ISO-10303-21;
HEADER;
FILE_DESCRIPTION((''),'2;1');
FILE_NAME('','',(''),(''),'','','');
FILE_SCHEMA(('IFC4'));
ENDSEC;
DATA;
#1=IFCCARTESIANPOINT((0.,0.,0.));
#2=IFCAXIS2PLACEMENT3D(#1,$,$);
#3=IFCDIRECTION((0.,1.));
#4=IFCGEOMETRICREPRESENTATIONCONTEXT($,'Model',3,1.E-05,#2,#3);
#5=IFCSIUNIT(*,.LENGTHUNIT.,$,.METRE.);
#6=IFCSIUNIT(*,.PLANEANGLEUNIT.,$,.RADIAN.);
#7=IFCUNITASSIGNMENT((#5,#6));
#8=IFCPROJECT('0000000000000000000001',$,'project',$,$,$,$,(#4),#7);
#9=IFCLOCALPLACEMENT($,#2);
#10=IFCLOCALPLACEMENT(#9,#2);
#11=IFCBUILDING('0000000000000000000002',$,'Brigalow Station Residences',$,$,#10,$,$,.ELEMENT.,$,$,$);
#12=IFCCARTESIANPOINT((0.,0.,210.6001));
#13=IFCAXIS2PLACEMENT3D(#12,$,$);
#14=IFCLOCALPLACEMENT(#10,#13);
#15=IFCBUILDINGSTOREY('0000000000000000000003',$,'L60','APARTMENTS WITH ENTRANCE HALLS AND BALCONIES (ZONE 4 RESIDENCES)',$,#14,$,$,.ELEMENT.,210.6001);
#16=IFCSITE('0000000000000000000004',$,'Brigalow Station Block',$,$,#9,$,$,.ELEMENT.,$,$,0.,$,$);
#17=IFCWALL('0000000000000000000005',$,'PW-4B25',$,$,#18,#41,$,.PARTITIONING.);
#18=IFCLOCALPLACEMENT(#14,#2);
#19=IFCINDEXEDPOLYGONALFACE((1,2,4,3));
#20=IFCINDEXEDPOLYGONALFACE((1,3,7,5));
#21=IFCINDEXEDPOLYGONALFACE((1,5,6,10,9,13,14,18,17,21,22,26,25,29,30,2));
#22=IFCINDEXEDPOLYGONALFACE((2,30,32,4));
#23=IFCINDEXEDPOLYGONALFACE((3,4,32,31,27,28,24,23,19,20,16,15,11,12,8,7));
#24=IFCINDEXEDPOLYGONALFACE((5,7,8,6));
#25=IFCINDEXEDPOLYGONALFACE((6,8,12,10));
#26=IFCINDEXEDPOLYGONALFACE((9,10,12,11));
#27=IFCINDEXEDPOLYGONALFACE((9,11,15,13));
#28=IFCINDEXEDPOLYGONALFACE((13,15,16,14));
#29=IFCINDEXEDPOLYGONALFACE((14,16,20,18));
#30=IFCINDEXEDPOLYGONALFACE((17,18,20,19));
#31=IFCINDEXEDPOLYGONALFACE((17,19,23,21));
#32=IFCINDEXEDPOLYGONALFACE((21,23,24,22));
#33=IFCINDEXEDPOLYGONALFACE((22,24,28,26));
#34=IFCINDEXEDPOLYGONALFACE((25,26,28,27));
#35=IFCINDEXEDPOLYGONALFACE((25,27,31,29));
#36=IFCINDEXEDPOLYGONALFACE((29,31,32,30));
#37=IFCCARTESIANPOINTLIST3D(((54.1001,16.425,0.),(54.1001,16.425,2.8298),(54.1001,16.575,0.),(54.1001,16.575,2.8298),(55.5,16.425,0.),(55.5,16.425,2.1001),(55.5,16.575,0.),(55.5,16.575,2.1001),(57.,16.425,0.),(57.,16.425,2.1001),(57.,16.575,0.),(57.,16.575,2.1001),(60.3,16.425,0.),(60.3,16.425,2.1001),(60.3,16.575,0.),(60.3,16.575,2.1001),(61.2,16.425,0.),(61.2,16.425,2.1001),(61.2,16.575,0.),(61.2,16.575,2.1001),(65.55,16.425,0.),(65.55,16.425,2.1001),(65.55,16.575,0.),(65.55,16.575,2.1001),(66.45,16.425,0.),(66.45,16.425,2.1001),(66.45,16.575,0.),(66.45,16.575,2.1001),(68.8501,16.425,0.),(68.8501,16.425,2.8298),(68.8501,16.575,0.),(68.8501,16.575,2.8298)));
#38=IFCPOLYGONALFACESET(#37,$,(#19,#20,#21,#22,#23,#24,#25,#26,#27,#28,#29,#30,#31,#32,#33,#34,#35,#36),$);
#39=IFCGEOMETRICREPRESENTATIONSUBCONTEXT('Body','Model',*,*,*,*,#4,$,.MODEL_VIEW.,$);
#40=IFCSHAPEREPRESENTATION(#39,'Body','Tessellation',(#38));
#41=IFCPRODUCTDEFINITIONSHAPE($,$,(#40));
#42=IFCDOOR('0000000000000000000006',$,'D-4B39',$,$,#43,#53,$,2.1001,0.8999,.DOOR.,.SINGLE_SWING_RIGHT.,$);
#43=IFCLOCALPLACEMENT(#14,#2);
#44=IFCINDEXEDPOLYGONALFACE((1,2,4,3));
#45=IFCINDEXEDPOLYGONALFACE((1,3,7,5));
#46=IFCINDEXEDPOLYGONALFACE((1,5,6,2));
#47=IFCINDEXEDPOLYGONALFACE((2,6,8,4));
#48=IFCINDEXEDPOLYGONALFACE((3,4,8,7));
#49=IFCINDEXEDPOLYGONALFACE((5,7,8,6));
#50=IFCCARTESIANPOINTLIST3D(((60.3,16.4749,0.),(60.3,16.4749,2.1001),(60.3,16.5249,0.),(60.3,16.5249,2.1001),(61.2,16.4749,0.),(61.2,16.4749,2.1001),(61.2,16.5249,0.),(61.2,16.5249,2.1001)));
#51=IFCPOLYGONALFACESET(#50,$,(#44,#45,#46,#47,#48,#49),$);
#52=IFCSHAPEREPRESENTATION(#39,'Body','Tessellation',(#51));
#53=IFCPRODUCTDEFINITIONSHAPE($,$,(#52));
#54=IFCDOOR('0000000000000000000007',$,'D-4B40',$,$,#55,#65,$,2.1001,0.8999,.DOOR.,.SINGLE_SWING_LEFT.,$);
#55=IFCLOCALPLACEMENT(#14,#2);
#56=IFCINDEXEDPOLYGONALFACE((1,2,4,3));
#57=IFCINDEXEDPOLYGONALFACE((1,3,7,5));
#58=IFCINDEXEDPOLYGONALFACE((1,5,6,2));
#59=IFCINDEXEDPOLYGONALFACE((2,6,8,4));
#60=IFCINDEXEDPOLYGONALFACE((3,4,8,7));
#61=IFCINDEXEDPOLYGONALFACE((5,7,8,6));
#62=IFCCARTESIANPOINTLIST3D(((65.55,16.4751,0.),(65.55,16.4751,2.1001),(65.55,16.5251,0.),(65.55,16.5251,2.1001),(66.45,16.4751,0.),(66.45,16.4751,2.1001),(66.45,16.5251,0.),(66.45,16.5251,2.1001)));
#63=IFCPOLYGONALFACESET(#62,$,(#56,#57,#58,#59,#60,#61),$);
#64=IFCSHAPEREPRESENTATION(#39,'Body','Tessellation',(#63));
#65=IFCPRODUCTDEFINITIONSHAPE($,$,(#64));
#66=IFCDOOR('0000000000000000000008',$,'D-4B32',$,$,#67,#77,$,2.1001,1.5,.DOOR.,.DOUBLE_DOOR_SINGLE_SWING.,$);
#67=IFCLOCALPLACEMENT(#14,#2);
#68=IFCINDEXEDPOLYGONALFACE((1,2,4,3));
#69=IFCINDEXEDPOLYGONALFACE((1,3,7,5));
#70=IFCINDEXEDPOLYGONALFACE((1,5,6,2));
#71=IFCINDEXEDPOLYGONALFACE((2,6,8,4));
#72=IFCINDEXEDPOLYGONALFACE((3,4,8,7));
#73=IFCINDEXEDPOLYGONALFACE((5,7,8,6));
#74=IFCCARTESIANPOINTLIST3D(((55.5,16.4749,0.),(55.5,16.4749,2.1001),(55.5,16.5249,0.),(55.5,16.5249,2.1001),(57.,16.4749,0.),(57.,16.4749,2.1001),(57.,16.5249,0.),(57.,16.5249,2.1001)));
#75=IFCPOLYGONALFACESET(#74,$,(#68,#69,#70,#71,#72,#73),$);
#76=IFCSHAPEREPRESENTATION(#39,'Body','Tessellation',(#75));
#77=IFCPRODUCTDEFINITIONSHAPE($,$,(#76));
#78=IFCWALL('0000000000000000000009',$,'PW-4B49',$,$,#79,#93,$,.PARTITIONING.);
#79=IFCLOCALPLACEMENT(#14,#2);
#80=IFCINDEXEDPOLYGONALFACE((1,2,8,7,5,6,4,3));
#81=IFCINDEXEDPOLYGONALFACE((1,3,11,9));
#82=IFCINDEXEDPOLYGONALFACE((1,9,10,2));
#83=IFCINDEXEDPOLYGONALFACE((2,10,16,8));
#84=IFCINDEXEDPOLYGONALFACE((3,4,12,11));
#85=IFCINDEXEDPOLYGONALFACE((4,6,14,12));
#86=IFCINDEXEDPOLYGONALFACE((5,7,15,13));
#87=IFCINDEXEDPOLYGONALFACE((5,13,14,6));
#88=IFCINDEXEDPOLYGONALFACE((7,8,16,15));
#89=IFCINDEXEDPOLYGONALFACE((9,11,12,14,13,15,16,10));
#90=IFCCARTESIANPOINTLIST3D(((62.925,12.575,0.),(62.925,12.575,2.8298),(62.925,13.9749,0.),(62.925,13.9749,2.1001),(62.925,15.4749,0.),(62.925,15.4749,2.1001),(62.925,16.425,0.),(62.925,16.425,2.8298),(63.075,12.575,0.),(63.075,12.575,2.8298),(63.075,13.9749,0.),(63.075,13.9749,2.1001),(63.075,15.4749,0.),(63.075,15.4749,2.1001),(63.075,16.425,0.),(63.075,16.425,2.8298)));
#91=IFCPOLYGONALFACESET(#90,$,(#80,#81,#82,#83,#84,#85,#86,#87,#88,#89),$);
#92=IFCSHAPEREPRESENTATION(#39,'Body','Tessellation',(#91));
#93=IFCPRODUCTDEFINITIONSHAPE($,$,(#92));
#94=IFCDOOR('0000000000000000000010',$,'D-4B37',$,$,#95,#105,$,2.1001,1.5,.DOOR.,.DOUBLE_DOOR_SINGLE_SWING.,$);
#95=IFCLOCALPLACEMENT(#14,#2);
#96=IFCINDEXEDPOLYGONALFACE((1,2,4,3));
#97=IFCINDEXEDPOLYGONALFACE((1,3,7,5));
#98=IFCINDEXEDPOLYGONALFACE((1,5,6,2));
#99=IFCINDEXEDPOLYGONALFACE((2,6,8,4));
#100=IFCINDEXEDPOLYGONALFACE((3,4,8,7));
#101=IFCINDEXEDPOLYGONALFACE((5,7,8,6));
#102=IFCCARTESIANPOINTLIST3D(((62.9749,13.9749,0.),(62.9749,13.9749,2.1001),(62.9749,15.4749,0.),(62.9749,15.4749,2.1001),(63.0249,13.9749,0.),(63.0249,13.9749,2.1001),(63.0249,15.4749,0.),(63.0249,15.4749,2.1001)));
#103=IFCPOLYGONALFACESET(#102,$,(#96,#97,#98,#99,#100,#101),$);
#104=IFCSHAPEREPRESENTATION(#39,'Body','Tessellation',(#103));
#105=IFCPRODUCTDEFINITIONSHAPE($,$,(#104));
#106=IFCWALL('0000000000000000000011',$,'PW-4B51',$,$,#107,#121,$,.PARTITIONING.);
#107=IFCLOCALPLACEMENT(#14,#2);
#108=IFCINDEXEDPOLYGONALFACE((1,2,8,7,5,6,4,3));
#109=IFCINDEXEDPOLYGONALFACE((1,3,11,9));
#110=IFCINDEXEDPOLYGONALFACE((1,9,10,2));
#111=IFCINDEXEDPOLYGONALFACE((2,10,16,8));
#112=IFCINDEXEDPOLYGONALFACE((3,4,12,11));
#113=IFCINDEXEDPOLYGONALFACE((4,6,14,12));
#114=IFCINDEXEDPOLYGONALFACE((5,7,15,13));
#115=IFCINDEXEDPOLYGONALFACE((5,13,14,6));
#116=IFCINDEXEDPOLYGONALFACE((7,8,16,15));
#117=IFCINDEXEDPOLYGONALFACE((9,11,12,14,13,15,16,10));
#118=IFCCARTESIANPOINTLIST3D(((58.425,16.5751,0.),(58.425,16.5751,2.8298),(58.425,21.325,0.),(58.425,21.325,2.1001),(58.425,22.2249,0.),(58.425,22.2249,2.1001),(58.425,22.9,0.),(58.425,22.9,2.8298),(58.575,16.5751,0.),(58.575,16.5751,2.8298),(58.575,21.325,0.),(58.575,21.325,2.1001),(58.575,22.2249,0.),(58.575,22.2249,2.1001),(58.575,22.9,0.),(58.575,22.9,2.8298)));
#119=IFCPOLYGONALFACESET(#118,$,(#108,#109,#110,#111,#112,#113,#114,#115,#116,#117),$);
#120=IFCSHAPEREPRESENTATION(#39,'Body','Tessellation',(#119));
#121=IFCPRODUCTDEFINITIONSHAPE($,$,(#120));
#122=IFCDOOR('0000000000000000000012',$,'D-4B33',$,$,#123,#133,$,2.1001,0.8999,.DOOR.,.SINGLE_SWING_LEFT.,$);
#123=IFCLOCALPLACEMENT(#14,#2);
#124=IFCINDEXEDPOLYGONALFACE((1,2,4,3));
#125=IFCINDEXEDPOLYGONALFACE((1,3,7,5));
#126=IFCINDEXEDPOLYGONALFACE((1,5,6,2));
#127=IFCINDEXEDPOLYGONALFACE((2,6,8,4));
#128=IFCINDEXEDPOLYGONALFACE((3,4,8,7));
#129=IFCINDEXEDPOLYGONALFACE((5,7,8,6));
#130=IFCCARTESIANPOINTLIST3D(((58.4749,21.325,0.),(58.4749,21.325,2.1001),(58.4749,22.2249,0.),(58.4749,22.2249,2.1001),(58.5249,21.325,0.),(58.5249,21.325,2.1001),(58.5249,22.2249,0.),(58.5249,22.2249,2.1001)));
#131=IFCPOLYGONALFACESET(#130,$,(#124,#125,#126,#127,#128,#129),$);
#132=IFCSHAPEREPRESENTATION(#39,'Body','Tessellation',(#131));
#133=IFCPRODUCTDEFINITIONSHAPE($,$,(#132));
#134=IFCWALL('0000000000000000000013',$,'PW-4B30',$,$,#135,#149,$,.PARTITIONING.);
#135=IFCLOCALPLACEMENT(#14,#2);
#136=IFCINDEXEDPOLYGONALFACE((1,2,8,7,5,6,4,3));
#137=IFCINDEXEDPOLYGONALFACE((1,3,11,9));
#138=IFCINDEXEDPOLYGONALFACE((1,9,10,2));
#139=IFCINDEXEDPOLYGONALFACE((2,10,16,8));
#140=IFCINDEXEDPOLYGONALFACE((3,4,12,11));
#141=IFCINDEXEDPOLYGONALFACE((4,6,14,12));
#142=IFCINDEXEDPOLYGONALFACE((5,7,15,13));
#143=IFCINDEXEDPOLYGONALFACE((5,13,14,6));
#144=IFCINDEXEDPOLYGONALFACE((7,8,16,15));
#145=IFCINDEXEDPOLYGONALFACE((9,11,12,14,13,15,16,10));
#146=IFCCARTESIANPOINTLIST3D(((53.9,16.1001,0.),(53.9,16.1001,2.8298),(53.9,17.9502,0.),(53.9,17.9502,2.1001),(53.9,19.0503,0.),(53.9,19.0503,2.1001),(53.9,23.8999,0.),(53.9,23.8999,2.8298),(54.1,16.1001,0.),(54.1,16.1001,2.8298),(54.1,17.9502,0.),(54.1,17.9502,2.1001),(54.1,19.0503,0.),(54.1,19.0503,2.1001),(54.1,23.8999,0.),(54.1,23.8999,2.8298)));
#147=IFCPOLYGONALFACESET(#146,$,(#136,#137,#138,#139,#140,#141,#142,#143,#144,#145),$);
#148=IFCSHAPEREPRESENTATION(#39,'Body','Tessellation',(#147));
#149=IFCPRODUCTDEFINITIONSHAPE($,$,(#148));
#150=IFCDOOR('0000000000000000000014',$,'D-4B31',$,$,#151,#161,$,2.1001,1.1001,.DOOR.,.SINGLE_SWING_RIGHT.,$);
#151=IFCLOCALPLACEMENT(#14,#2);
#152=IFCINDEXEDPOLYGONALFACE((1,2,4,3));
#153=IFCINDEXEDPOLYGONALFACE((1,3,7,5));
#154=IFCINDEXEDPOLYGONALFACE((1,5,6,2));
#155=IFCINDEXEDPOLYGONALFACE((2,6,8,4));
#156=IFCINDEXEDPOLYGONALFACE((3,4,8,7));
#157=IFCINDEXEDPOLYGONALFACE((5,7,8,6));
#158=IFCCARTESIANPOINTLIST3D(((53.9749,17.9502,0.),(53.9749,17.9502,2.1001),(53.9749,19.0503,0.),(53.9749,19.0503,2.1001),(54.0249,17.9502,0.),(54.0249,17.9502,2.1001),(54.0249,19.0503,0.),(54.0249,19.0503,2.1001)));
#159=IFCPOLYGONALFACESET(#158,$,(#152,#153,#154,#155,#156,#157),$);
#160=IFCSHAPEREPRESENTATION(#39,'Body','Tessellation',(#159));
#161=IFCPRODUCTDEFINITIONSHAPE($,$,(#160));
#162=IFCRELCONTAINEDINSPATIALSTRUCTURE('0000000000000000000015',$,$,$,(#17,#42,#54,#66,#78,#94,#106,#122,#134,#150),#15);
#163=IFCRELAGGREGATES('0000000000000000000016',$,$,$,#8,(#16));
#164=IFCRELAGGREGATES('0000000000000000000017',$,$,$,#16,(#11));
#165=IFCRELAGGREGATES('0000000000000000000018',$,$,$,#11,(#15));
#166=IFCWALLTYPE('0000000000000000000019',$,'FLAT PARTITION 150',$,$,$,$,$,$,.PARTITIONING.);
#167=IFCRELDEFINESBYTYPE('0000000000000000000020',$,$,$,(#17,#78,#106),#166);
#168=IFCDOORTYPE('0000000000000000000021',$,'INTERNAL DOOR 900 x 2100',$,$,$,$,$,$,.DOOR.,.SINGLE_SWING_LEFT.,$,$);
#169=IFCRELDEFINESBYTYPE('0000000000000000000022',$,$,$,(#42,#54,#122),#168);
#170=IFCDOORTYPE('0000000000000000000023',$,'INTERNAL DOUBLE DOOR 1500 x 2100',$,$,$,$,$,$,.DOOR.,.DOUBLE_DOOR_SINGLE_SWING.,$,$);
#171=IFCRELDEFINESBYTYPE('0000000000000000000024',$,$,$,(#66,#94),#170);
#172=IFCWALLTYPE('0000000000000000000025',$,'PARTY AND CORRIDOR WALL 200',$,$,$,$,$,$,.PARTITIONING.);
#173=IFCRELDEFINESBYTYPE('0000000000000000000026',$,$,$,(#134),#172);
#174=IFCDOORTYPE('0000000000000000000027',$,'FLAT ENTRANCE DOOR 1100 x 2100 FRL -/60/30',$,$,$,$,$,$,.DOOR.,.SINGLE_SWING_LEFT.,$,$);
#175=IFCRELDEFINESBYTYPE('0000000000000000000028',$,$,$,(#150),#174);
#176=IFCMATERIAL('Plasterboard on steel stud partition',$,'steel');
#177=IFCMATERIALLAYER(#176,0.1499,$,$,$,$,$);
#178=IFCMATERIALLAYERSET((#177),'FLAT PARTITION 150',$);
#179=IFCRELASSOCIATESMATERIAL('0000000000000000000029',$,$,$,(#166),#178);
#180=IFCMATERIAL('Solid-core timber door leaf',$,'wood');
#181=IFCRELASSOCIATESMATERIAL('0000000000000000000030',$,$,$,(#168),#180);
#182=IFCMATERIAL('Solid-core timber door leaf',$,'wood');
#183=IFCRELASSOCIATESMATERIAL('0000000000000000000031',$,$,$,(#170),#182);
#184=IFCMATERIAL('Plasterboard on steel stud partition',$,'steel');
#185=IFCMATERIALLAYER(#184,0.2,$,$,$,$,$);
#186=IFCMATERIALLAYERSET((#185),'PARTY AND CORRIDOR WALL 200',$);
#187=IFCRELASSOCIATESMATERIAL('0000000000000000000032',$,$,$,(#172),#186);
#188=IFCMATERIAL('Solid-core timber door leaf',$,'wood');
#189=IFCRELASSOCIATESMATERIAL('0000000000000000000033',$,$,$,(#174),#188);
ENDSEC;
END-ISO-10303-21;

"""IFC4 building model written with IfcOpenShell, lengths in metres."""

from ifc_helpers import new_model, si_unit, direction, frame, frame_2d, origin, place, context, subcontext, project, spatial, rectangle, extrude, material, layer, layer_set, type_object, element, fill, save


model = new_model("IFC4")

# Units and contexts
model_context = context("Model", 3, precision=1e-05, world=origin(), true_north=direction((0.0, 1.0)))
body_context = subcontext(model_context, "Body", "Model", "MODEL_VIEW")
ifc_project = project(units=[si_unit("LENGTHUNIT", "METRE"), si_unit("PLANEANGLEUNIT", "RADIAN")], contexts=[model_context])

# Site, building, storey
site_placement = place(None, origin())
site = spatial("IfcSite", under=ifc_project, at=site_placement, Name="Brigalow Station Block", CompositionType="ELEMENT", RefElevation=0.0)
building_placement = place(site_placement, origin())
building = spatial("IfcBuilding", under=site, at=building_placement, Name="Brigalow Station Residences", CompositionType="ELEMENT")
storey_placement = place(building_placement, frame((0.0, 0.0, 210.6001)))
storey = spatial("IfcBuildingStorey", under=building, at=storey_placement, Name="L60", Description="APARTMENTS WITH ENTRANCE HALLS AND BALCONIES (ZONE 4 RESIDENCES)", CompositionType="ELEMENT", Elevation=210.6001)

# Shared definitions
ifc_material_1 = material(Name="Plasterboard on steel stud partition", Category="steel")
ifc_layer_1 = layer(ifc_material_1, 0.1499)
ifc_layer_set_1 = layer_set([ifc_layer_1], Name="FLAT PARTITION 150")
wall_type_1 = type_object("IfcWallType", Name="FLAT PARTITION 150", PredefinedType="PARTITIONING", material=ifc_layer_set_1)

# Wall, openings, doors
ifc_material_2 = material(Name="Solid-core timber door leaf", Category="wood")
door_type_1 = type_object("IfcDoorType", Name="INTERNAL DOOR 900 x 2100", OperationType="SINGLE_SWING_LEFT", PredefinedType="DOOR", material=ifc_material_2)
wall_1_placement = place(storey_placement, frame((54.1001, 16.5, 0.0), z_axis=(0.0, 0.0, 1.0), x_axis=(1.0, 0.0, 0.0)))
wall_1 = element("IfcWall", 1, at=wall_1_placement, inside=storey, type_object=wall_type_1, Name="PW-4B25", PredefinedType="PARTITIONING", context=body_context, shape_type="SweptSolid", body=[
    extrude(rectangle(XDim=14.75, YDim=0.1499, at=frame_2d((7.375, 0.0))), origin(), (0.0, 0.0, 1.0), 2.8298),
])
opening_1_placement = place(wall_1_placement, frame((1.3999, 0.0, 0.0)))
opening_1 = element("IfcOpeningElement", 2, at=opening_1_placement, cuts=wall_1, PredefinedType="OPENING", context=body_context, shape_type="SweptSolid", body=[
    extrude(rectangle(XDim=1.5, YDim=2.1001, at=frame_2d((0.75, 1.05))), frame((0.0, 0.085, 0.0), z_axis=(0.0, -1.0, 0.0), x_axis=(1.0, 0.0, 0.0)), (0.0, 0.0, 1.0), 0.1699),
])
opening_2_placement = place(wall_1_placement, frame((6.2, 0.0, 0.0)))
opening_2 = element("IfcOpeningElement", 3, at=opening_2_placement, cuts=wall_1, PredefinedType="OPENING", context=body_context, shape_type="SweptSolid", body=[
    extrude(rectangle(XDim=0.8999, YDim=2.1001, at=frame_2d((0.45, 1.05))), frame((0.0, 0.085, 0.0), z_axis=(0.0, -1.0, 0.0), x_axis=(1.0, 0.0, 0.0)), (0.0, 0.0, 1.0), 0.1699),
])
opening_3_placement = place(wall_1_placement, frame((11.45, 0.0, 0.0)))
opening_3 = element("IfcOpeningElement", 4, at=opening_3_placement, cuts=wall_1, PredefinedType="OPENING", context=body_context, shape_type="SweptSolid", body=[
    extrude(rectangle(XDim=0.8999, YDim=2.1001, at=frame_2d((0.45, 1.05))), frame((0.0, 0.085, 0.0), z_axis=(0.0, -1.0, 0.0), x_axis=(1.0, 0.0, 0.0)), (0.0, 0.0, 1.0), 0.1699),
])
door_1_placement = place(opening_2_placement, origin())
door_1 = element("IfcDoor", 5, at=door_1_placement, inside=storey, type_object=door_type_1, Name="D-4B39", OperationType="SINGLE_SWING_RIGHT", OverallHeight=2.1001, OverallWidth=0.8999, PredefinedType="DOOR", context=body_context, shape_type="SweptSolid", body=[
    extrude(rectangle(XDim=0.8999, YDim=2.1001, at=frame_2d((0.45, 1.05))), frame((0.0, 0.0249, 0.0), z_axis=(0.0, -1.0, 0.0), x_axis=(1.0, 0.0, 0.0)), (0.0, 0.0, 1.0), 0.05),
])
fill(opening_2, door_1)
door_2_placement = place(opening_3_placement, frame((0.8999, 0.0, 0.0), z_axis=(0.0, 0.0, 1.0), x_axis=(-1.0, 0.0, 0.0)))
door_2 = element("IfcDoor", 6, at=door_2_placement, inside=storey, type_object=door_type_1, Name="D-4B40", OperationType="SINGLE_SWING_LEFT", OverallHeight=2.1001, OverallWidth=0.8999, PredefinedType="DOOR", context=body_context, shape_type="SweptSolid", body=[
    extrude(rectangle(XDim=0.8999, YDim=2.1001, at=frame_2d((0.45, 1.05))), frame((0.0, 0.0249, 0.0), z_axis=(0.0, -1.0, 0.0), x_axis=(1.0, 0.0, 0.0)), (0.0, 0.0, 1.0), 0.05),
])
fill(opening_3, door_2)
ifc_material_3 = material(Name="Solid-core timber door leaf", Category="wood")
door_type_2 = type_object("IfcDoorType", Name="INTERNAL DOUBLE DOOR 1500 x 2100", OperationType="DOUBLE_DOOR_SINGLE_SWING", PredefinedType="DOOR", material=ifc_material_3)
door_3_placement = place(opening_1_placement, origin())
door_3 = element("IfcDoor", 7, at=door_3_placement, inside=storey, type_object=door_type_2, Name="D-4B32", OperationType="DOUBLE_DOOR_SINGLE_SWING", OverallHeight=2.1001, OverallWidth=1.5, PredefinedType="DOOR", context=body_context, shape_type="SweptSolid", body=[
    extrude(rectangle(XDim=1.5, YDim=2.1001, at=frame_2d((0.75, 1.05))), frame((0.0, 0.0249, 0.0), z_axis=(0.0, -1.0, 0.0), x_axis=(1.0, 0.0, 0.0)), (0.0, 0.0, 1.0), 0.05),
])
fill(opening_1, door_3)

# Walls, openings, doors
wall_2_placement = place(storey_placement, frame((63.0, 12.575, 0.0), z_axis=(0.0, 0.0, 1.0), x_axis=(0.0, 1.0, 0.0)))
wall_2 = element("IfcWall", 8, at=wall_2_placement, inside=storey, type_object=wall_type_1, Name="PW-4B49", PredefinedType="PARTITIONING", context=body_context, shape_type="SweptSolid", body=[
    extrude(rectangle(XDim=3.8501, YDim=0.1499, at=frame_2d((1.925, 0.0))), origin(), (0.0, 0.0, 1.0), 2.8298),
])
opening_4_placement = place(wall_2_placement, frame((1.3999, 0.0, 0.0)))
opening_4 = element("IfcOpeningElement", 9, at=opening_4_placement, cuts=wall_2, PredefinedType="OPENING", context=body_context, shape_type="SweptSolid", body=[
    extrude(rectangle(XDim=1.5, YDim=2.1001, at=frame_2d((0.75, 1.05))), frame((0.0, 0.085, 0.0), z_axis=(0.0, -1.0, 0.0), x_axis=(1.0, 0.0, 0.0)), (0.0, 0.0, 1.0), 0.1699),
])
door_4_placement = place(opening_4_placement, frame((1.5, 0.0, 0.0), z_axis=(0.0, 0.0, 1.0), x_axis=(-1.0, 0.0, 0.0)))
door_4 = element("IfcDoor", 10, at=door_4_placement, inside=storey, type_object=door_type_2, Name="D-4B37", OperationType="DOUBLE_DOOR_SINGLE_SWING", OverallHeight=2.1001, OverallWidth=1.5, PredefinedType="DOOR", context=body_context, shape_type="SweptSolid", body=[
    extrude(rectangle(XDim=1.5, YDim=2.1001, at=frame_2d((0.75, 1.05))), frame((0.0, 0.0249, 0.0), z_axis=(0.0, -1.0, 0.0), x_axis=(1.0, 0.0, 0.0)), (0.0, 0.0, 1.0), 0.05),
])
fill(opening_4, door_4)
wall_3_placement = place(storey_placement, frame((58.5, 16.575, 0.0), z_axis=(0.0, 0.0, 1.0), x_axis=(0.0, 1.0, 0.0)))
wall_3 = element("IfcWall", 11, at=wall_3_placement, inside=storey, type_object=wall_type_1, Name="PW-4B51", PredefinedType="PARTITIONING", context=body_context, shape_type="SweptSolid", body=[
    extrude(rectangle(XDim=6.325, YDim=0.1499, at=frame_2d((3.1626, 0.0))), origin(), (0.0, 0.0, 1.0), 2.8298),
])
opening_5_placement = place(wall_3_placement, frame((4.75, 0.0, 0.0)))
opening_5 = element("IfcOpeningElement", 12, at=opening_5_placement, cuts=wall_3, PredefinedType="OPENING", context=body_context, shape_type="SweptSolid", body=[
    extrude(rectangle(XDim=0.8999, YDim=2.1001, at=frame_2d((0.45, 1.05))), frame((0.0, 0.085, 0.0), z_axis=(0.0, -1.0, 0.0), x_axis=(1.0, 0.0, 0.0)), (0.0, 0.0, 1.0), 0.1699),
])
door_5_placement = place(opening_5_placement, frame((0.8999, 0.0, 0.0), z_axis=(0.0, 0.0, 1.0), x_axis=(-1.0, 0.0, 0.0)))
door_5 = element("IfcDoor", 13, at=door_5_placement, inside=storey, type_object=door_type_1, Name="D-4B33", OperationType="SINGLE_SWING_LEFT", OverallHeight=2.1001, OverallWidth=0.8999, PredefinedType="DOOR", context=body_context, shape_type="SweptSolid", body=[
    extrude(rectangle(XDim=0.8999, YDim=2.1001, at=frame_2d((0.45, 1.05))), frame((0.0, 0.0249, 0.0), z_axis=(0.0, -1.0, 0.0), x_axis=(1.0, 0.0, 0.0)), (0.0, 0.0, 1.0), 0.05),
])
fill(opening_5, door_5)
ifc_material_4 = material(Name="Plasterboard on steel stud partition", Category="steel")
ifc_layer_2 = layer(ifc_material_4, 0.2)
ifc_layer_set_2 = layer_set([ifc_layer_2], Name="PARTY AND CORRIDOR WALL 200")
wall_type_2 = type_object("IfcWallType", Name="PARTY AND CORRIDOR WALL 200", PredefinedType="PARTITIONING", material=ifc_layer_set_2)
wall_4_placement = place(storey_placement, frame((54.0, 16.1001, 0.0), z_axis=(0.0, 0.0, 1.0), x_axis=(0.0, 1.0, 0.0)))
wall_4 = element("IfcWall", 14, at=wall_4_placement, inside=storey, type_object=wall_type_2, Name="PW-4B30", PredefinedType="PARTITIONING", context=body_context, shape_type="SweptSolid", body=[
    extrude(rectangle(XDim=7.7998, YDim=0.2, at=frame_2d((3.8999, 0.0))), origin(), (0.0, 0.0, 1.0), 2.8298),
])
opening_6_placement = place(wall_4_placement, frame((1.8501, 0.0, 0.0)))
opening_6 = element("IfcOpeningElement", 15, at=opening_6_placement, cuts=wall_4, PredefinedType="OPENING", context=body_context, shape_type="SweptSolid", body=[
    extrude(rectangle(XDim=1.1001, YDim=2.1001, at=frame_2d((0.55, 1.05))), frame((0.0, 0.1099, 0.0), z_axis=(0.0, -1.0, 0.0), x_axis=(1.0, 0.0, 0.0)), (0.0, 0.0, 1.0), 0.22),
])
ifc_material_5 = material(Name="Solid-core timber door leaf", Category="wood")
door_type_3 = type_object("IfcDoorType", Name="FLAT ENTRANCE DOOR 1100 x 2100 FRL -/60/30", OperationType="SINGLE_SWING_LEFT", PredefinedType="DOOR", material=ifc_material_5)
door_6_placement = place(opening_6_placement, frame((1.1001, 0.0, 0.0), z_axis=(0.0, 0.0, 1.0), x_axis=(-1.0, 0.0, 0.0)))
door_6 = element("IfcDoor", 16, at=door_6_placement, inside=storey, type_object=door_type_3, Name="D-4B31", OperationType="SINGLE_SWING_RIGHT", OverallHeight=2.1001, OverallWidth=1.1001, PredefinedType="DOOR", context=body_context, shape_type="SweptSolid", body=[
    extrude(rectangle(XDim=1.1001, YDim=2.1001, at=frame_2d((0.55, 1.05))), frame((0.0, 0.0249, 0.0), z_axis=(0.0, -1.0, 0.0), x_axis=(1.0, 0.0, 0.0)), (0.0, 0.0, 1.0), 0.05),
])
fill(opening_6, door_6)

save(model, "model.ifc")
